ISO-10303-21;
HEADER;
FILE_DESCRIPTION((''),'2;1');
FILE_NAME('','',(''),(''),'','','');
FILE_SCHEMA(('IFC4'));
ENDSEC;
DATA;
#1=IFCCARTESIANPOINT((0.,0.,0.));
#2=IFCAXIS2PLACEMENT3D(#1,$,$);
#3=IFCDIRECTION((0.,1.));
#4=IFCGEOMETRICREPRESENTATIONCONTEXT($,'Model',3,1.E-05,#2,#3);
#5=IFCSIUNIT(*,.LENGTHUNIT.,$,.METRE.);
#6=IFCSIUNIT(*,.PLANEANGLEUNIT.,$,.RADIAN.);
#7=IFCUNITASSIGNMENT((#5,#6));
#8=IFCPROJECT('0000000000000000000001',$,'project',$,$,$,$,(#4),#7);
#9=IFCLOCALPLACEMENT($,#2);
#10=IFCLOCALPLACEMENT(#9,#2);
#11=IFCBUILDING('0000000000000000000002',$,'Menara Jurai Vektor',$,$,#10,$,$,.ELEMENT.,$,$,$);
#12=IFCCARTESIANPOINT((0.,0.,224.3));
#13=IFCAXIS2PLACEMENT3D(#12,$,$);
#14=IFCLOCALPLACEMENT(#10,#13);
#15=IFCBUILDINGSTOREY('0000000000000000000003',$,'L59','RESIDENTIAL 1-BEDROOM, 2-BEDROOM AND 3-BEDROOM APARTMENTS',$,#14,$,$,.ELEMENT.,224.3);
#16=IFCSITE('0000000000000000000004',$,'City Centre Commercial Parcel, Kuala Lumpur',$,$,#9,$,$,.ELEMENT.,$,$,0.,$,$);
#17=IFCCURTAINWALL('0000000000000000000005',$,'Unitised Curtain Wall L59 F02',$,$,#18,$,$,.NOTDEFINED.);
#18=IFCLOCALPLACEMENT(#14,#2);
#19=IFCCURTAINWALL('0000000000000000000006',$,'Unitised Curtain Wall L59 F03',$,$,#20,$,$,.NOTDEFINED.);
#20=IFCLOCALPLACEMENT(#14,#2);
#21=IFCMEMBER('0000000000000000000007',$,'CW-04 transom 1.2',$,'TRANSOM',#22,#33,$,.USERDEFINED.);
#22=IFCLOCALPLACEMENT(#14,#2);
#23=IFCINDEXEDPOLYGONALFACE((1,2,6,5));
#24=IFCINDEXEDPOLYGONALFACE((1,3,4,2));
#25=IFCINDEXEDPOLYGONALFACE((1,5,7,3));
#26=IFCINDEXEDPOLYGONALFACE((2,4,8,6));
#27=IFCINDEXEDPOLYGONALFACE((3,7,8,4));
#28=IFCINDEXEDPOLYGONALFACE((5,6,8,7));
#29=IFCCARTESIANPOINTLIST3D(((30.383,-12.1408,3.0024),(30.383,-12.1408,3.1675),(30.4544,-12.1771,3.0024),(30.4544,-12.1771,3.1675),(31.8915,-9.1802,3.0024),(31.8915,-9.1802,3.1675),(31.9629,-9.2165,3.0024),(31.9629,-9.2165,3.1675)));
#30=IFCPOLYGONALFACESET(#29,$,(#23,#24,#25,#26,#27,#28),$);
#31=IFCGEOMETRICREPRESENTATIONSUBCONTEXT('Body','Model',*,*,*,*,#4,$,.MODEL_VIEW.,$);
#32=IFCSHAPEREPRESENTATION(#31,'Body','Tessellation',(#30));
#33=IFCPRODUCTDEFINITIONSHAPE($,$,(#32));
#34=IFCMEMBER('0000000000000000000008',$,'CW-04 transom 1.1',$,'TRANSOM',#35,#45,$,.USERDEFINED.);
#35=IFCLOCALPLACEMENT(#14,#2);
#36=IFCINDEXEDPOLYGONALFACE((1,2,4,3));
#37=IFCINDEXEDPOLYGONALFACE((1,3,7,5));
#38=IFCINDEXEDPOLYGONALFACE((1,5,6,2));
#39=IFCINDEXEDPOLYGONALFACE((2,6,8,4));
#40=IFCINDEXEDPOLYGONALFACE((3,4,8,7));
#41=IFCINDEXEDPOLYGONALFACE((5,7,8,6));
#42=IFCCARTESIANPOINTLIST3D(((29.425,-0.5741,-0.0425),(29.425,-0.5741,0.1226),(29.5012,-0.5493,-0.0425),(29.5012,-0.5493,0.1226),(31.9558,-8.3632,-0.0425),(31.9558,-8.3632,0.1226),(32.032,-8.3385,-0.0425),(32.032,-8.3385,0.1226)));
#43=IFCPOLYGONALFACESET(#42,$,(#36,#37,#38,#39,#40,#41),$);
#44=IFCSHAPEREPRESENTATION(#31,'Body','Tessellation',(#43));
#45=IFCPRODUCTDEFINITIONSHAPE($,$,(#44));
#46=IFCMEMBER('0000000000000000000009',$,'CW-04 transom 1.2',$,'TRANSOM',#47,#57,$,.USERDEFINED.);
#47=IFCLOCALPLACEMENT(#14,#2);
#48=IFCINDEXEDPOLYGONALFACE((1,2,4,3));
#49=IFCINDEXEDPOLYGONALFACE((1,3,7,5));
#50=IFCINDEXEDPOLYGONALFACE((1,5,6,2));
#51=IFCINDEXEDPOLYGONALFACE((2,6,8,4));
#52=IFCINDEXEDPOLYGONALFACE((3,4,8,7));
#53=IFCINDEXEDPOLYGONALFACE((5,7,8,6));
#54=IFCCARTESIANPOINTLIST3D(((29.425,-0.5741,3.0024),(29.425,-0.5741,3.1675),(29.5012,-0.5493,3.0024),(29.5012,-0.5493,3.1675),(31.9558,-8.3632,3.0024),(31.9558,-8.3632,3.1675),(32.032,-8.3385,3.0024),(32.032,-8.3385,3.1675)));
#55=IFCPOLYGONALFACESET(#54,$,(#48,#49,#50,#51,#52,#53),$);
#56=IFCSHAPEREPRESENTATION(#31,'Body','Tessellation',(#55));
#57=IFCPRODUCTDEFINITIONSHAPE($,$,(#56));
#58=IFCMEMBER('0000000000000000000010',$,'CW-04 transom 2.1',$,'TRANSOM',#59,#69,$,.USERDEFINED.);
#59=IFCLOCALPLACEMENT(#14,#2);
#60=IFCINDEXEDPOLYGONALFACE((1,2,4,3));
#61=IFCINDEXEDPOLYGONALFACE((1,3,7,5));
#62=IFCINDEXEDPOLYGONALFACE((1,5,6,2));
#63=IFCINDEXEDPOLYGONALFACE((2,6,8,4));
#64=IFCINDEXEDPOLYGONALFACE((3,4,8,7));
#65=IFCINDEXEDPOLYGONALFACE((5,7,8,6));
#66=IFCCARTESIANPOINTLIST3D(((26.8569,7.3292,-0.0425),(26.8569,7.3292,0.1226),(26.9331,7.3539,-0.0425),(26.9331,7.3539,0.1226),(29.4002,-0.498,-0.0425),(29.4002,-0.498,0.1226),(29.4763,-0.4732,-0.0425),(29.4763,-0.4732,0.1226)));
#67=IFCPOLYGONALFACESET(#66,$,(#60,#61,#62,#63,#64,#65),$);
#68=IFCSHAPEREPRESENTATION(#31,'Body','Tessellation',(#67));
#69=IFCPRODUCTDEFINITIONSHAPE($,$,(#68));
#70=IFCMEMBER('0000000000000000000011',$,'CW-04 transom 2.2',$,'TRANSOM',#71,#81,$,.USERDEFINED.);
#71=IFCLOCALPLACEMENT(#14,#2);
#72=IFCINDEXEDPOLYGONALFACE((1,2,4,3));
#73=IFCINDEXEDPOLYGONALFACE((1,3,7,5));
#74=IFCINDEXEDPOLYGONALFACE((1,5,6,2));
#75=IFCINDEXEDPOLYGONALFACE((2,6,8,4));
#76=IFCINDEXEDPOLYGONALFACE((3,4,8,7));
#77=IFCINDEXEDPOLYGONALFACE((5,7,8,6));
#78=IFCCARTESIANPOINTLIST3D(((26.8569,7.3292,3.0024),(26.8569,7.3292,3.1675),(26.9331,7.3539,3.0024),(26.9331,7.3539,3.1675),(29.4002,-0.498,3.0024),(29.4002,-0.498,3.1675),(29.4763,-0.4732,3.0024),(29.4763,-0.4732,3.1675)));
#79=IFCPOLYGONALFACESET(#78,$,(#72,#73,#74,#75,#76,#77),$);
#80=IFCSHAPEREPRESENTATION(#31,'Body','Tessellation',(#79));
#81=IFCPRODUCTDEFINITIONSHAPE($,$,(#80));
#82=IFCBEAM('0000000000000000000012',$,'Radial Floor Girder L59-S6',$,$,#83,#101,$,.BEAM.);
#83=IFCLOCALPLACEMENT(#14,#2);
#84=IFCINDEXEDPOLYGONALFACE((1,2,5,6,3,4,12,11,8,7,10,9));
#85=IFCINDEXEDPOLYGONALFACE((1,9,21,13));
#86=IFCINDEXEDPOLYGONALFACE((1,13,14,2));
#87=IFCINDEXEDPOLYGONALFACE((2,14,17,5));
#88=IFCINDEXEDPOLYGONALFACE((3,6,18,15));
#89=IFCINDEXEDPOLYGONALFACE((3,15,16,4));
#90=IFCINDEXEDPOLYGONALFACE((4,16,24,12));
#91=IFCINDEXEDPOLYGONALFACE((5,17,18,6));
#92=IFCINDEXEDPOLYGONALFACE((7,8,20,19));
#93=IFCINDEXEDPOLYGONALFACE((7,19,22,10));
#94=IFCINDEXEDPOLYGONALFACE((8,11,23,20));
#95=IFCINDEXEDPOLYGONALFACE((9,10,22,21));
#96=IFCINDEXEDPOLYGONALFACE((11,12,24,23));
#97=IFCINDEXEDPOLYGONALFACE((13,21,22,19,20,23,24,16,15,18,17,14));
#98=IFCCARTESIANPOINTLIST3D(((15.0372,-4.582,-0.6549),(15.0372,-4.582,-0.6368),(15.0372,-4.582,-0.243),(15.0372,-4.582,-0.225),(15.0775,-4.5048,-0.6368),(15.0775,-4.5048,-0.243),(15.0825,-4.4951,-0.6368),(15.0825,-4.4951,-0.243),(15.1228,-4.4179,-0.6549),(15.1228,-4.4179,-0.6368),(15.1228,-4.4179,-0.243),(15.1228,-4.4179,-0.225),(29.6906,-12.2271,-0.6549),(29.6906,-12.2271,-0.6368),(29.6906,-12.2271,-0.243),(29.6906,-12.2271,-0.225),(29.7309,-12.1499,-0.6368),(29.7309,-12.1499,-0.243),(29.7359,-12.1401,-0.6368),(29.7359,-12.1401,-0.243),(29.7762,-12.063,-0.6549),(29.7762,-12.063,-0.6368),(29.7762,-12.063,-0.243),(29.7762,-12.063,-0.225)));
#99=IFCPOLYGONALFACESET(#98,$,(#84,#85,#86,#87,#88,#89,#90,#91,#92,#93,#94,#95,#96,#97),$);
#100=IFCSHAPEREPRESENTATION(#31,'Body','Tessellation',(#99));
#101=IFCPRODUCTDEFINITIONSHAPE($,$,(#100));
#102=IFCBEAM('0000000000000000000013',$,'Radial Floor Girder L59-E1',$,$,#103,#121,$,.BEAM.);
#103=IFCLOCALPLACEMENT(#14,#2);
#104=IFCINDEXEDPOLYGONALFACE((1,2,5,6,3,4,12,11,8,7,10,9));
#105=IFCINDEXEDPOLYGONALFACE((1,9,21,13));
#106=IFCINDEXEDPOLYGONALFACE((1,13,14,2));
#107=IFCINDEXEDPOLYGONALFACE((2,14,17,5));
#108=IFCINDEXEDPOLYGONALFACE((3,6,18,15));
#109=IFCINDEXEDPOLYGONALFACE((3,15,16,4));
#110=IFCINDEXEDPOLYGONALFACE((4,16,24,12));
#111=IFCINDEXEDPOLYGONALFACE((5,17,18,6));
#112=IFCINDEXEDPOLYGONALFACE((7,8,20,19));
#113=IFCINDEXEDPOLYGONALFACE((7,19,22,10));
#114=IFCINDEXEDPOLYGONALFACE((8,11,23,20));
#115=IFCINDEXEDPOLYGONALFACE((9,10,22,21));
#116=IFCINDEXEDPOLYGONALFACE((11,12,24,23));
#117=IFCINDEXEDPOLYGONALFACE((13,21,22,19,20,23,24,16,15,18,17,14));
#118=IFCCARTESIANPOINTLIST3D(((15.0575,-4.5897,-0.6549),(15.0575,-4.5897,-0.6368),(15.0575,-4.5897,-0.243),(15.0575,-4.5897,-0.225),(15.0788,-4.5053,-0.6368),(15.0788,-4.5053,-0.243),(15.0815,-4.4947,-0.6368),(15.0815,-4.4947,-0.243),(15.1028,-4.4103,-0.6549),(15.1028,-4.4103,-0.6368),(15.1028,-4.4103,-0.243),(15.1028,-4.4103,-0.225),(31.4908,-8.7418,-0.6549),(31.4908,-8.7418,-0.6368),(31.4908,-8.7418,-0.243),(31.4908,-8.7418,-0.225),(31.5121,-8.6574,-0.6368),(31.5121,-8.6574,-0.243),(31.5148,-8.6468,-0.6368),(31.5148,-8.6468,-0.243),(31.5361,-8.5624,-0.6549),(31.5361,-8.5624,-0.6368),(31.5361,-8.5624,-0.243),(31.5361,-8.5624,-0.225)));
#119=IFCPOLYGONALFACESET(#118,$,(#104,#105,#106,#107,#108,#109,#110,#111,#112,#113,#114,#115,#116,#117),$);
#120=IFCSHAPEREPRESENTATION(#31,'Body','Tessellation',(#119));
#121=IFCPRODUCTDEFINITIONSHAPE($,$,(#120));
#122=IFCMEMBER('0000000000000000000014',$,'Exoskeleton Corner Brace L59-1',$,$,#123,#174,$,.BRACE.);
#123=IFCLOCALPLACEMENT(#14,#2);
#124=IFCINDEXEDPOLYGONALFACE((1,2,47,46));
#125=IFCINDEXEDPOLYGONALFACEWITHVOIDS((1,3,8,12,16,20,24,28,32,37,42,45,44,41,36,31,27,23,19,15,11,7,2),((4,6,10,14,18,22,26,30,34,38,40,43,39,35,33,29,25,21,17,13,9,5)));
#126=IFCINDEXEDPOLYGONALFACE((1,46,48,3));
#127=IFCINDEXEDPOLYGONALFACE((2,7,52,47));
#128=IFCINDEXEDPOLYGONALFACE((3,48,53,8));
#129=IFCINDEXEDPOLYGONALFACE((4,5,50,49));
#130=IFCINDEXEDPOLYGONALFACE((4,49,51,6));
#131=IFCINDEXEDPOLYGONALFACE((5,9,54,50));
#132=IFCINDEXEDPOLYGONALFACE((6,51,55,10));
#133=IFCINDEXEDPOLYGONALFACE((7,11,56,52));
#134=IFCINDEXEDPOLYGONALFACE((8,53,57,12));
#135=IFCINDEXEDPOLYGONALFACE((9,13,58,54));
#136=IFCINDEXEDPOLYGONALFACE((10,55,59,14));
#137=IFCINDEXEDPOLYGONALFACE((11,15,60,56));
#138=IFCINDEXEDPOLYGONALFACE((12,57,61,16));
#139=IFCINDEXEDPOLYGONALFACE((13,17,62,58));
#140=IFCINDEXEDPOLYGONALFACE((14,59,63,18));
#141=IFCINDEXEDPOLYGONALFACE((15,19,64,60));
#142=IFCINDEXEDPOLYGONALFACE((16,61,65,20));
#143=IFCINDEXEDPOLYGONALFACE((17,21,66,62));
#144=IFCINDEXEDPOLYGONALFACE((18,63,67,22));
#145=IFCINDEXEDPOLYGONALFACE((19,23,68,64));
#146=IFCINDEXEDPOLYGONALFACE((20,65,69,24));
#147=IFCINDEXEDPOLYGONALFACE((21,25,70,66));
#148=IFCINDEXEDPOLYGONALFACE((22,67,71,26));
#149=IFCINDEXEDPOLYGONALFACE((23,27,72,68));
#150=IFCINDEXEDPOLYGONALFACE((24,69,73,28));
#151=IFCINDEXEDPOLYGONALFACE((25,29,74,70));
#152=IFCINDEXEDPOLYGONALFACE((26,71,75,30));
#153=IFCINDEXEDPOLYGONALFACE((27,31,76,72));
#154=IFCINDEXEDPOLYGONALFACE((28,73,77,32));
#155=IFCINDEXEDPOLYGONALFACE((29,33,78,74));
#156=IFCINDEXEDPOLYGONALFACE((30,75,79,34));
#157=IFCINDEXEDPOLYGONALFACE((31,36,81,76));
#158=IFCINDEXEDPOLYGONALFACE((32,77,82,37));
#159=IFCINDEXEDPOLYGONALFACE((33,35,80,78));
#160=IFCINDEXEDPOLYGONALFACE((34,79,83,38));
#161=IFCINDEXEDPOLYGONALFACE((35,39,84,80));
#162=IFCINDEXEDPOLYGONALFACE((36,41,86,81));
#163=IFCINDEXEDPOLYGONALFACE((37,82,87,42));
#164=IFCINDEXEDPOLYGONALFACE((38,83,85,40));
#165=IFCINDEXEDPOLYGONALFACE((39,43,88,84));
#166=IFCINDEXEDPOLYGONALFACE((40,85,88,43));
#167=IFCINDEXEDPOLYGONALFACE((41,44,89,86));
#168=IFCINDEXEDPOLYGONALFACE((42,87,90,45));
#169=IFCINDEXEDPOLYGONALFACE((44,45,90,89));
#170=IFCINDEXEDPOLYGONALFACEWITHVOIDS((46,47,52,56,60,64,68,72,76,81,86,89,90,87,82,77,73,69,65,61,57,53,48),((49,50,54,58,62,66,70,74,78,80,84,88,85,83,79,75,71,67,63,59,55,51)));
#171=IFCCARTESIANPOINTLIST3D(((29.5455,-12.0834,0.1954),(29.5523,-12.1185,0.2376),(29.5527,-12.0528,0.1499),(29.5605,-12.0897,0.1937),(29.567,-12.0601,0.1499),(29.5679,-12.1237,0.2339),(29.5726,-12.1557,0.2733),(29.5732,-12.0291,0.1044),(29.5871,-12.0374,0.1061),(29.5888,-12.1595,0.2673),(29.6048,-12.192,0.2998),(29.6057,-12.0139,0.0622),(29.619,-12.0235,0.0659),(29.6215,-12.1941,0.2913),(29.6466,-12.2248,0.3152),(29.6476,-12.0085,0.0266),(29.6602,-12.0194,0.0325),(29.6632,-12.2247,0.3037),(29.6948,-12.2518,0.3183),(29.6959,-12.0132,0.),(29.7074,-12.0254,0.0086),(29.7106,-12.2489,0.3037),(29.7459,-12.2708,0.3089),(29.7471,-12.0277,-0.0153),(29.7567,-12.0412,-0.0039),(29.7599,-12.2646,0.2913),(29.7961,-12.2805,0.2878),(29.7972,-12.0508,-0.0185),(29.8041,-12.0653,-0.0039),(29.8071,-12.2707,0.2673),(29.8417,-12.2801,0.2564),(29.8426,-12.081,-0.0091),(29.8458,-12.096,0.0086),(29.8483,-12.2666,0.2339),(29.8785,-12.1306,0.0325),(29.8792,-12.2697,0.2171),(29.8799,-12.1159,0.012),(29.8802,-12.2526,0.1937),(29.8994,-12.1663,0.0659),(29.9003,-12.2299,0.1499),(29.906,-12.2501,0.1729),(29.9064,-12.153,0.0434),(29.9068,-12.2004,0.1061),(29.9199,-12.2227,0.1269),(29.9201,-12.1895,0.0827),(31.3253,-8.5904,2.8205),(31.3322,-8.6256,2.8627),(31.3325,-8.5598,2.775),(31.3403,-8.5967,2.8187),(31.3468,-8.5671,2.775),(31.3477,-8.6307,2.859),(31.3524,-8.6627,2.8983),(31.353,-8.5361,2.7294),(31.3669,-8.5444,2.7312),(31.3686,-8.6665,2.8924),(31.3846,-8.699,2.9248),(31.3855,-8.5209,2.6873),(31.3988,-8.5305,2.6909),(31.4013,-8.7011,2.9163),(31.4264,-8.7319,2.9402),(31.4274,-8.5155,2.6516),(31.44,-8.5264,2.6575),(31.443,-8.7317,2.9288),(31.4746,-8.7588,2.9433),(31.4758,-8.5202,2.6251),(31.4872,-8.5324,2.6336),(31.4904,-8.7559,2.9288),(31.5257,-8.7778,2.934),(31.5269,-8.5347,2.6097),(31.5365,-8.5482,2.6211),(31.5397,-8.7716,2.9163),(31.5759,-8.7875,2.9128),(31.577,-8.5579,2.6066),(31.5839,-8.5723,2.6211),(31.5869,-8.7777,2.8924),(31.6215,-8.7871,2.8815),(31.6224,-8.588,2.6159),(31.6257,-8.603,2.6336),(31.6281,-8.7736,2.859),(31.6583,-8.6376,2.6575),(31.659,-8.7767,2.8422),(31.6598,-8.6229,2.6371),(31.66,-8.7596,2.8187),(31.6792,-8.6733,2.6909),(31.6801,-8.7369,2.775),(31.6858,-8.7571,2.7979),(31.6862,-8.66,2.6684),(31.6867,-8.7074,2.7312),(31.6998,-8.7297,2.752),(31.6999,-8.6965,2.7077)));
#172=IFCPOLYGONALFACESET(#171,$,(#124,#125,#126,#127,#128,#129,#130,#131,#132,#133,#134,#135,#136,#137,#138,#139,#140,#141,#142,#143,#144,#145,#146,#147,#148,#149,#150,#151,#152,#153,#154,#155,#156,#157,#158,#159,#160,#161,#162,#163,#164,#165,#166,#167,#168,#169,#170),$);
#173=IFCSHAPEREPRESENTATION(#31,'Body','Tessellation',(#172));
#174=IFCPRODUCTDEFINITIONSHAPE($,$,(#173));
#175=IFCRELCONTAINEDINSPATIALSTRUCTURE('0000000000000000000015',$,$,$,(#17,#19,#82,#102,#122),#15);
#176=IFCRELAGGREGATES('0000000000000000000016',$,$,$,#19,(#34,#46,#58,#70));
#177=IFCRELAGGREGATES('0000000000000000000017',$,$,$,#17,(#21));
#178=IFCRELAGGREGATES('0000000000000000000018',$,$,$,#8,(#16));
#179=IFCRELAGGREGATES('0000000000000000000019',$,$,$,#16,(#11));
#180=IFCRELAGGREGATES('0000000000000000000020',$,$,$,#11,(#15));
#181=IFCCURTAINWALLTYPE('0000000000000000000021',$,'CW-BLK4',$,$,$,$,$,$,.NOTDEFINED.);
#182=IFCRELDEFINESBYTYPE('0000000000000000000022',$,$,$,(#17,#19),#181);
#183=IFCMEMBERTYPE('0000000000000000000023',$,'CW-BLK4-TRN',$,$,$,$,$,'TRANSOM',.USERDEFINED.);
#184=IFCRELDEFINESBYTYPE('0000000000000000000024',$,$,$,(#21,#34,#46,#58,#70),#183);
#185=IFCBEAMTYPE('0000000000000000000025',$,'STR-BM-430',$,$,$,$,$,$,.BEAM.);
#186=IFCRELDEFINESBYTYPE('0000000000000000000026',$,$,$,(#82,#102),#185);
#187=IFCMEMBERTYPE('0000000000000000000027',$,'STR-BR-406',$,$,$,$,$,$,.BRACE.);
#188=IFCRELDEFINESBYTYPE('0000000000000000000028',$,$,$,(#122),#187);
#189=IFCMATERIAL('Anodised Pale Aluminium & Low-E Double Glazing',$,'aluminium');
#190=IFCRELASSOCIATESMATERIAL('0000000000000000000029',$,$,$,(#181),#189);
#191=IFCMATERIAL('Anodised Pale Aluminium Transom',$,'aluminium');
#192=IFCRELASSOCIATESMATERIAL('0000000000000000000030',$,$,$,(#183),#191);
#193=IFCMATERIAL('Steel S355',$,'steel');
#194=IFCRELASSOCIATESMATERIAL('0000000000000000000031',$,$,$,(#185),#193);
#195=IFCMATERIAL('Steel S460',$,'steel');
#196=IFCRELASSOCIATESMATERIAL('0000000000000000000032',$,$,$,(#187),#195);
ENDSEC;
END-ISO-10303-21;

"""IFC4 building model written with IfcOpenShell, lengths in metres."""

from ifc_helpers import new_model, si_unit, direction, frame, origin, origin_2d, place, context, subcontext, project, spatial, rectangle, hollow_circle, i_section, extrude, material, material_profile, profile_set, type_object, element, aggregate, save


model = new_model("IFC4")

# Units and contexts
model_context = context("Model", 3, precision=1e-05, world=origin(), true_north=direction((0.0, 1.0)))
body_context = subcontext(model_context, "Body", "Model", "MODEL_VIEW")
ifc_project = project(units=[si_unit("LENGTHUNIT", "METRE"), si_unit("PLANEANGLEUNIT", "RADIAN")], contexts=[model_context])

# Site, building, storey
site_placement = place(None, origin())
site = spatial("IfcSite", under=ifc_project, at=site_placement, Name="City Centre Commercial Parcel, Kuala Lumpur", CompositionType="ELEMENT", RefElevation=0.0)
building_placement = place(site_placement, origin())
building = spatial("IfcBuilding", under=site, at=building_placement, Name="Menara Jurai Vektor", CompositionType="ELEMENT")
storey_placement = place(building_placement, frame((0.0, 0.0, 224.3)))
storey = spatial("IfcBuildingStorey", under=building, at=storey_placement, Name="L59", Description="RESIDENTIAL 1-BEDROOM, 2-BEDROOM AND 3-BEDROOM APARTMENTS", CompositionType="ELEMENT", Elevation=224.3)

# Shared definitions
ifc_material_1 = material(Name="Steel S460", Category="steel")

# Shared definitions
ifc_material_2 = material(Name="Anodised Pale Aluminium & Low-E Double Glazing", Category="aluminium")
curtain_wall_type = type_object("IfcCurtainWallType", Name="CW-BLK4", PredefinedType="NOTDEFINED", material=ifc_material_2)

# Curtain walls
curtain_wall_1_placement = place(storey_placement, origin())
curtain_wall_1 = element("IfcCurtainWall", 1, at=curtain_wall_1_placement, inside=storey, type_object=curtain_wall_type, Name="Unitised Curtain Wall L59 F02", PredefinedType="NOTDEFINED")
curtain_wall_2_placement = place(storey_placement, origin())
curtain_wall_2 = element("IfcCurtainWall", 2, at=curtain_wall_2_placement, inside=storey, type_object=curtain_wall_type, Name="Unitised Curtain Wall L59 F03", PredefinedType="NOTDEFINED")

# Members
ifc_material_3 = material(Name="Anodised Pale Aluminium Transom", Category="aluminium")
ifc_material_profile_1 = material_profile(ifc_material_3, rectangle(XDim=0.0801, YDim=0.165, at=origin_2d()), Name="ALU TRN 80x165")
ifc_profile_set_1 = profile_set([ifc_material_profile_1], Name="Anodised Pale Aluminium Transom")
member_type_1 = type_object("IfcMemberType", Name="CW-BLK4-TRN", ElementType="TRANSOM", PredefinedType="USERDEFINED", material=ifc_profile_set_1)
member_1_placement = place(storey_placement, frame((30.4187, -12.1589, 3.085), z_axis=(0.45399, 0.891007, 0.0), x_axis=(-0.891007, 0.45399, 0.0)))
member_1 = element("IfcMember", 3, at=member_1_placement, type_object=member_type_1, Name="CW-04 transom 1.2", ObjectType="TRANSOM", PredefinedType="USERDEFINED", context=body_context, shape_type="SweptSolid", body=[
    extrude(rectangle(XDim=0.0801, YDim=0.165, at=origin_2d()), origin(), (0.0, 0.0, 1.0), 3.3228),
])
member_2_placement = place(storey_placement, frame((31.9939, -8.3508, 0.04), z_axis=(-0.309011, 0.951059, 0.0), x_axis=(-0.951059, -0.309011, 0.0)))
member_2 = element("IfcMember", 4, at=member_2_placement, type_object=member_type_1, Name="CW-04 transom 1.1", ObjectType="TRANSOM", PredefinedType="USERDEFINED", context=body_context, shape_type="SweptSolid", body=[
    extrude(rectangle(XDim=0.0801, YDim=0.165, at=origin_2d()), origin(), (0.0, 0.0, 1.0), 8.1899),
])
member_3_placement = place(storey_placement, frame((31.9939, -8.3508, 3.085), z_axis=(-0.309011, 0.951059, 0.0), x_axis=(-0.951059, -0.309011, 0.0)))
member_3 = element("IfcMember", 5, at=member_3_placement, type_object=member_type_1, Name="CW-04 transom 1.2", ObjectType="TRANSOM", PredefinedType="USERDEFINED", context=body_context, shape_type="SweptSolid", body=[
    extrude(rectangle(XDim=0.0801, YDim=0.165, at=origin_2d()), origin(), (0.0, 0.0, 1.0), 8.1899),
])
member_4_placement = place(storey_placement, frame((29.4382, -0.4856, 0.04), z_axis=(-0.309019, 0.951056, 0.0), x_axis=(-0.951056, -0.309019, 0.0)))
member_4 = element("IfcMember", 6, at=member_4_placement, type_object=member_type_1, Name="CW-04 transom 2.1", ObjectType="TRANSOM", PredefinedType="USERDEFINED", context=body_context, shape_type="SweptSolid", body=[
    extrude(rectangle(XDim=0.0801, YDim=0.165, at=origin_2d()), origin(), (0.0, 0.0, 1.0), 8.23),
])
member_5_placement = place(storey_placement, frame((29.4382, -0.4856, 3.085), z_axis=(-0.309019, 0.951056, 0.0), x_axis=(-0.951056, -0.309019, 0.0)))
member_5 = element("IfcMember", 7, at=member_5_placement, type_object=member_type_1, Name="CW-04 transom 2.2", ObjectType="TRANSOM", PredefinedType="USERDEFINED", context=body_context, shape_type="SweptSolid", body=[
    extrude(rectangle(XDim=0.0801, YDim=0.165, at=origin_2d()), origin(), (0.0, 0.0, 1.0), 8.23),
])

# Beams
ifc_material_4 = material(Name="Steel S355", Category="steel")
ifc_material_profile_2 = material_profile(ifc_material_4, i_section(OverallWidth=0.1851, OverallDepth=0.4299, WebThickness=0.011, FlangeThickness=0.0181, at=origin_2d()), Name="PG 430x185x76")
ifc_profile_set_2 = profile_set([ifc_material_profile_2], Name="Steel S355")
beam_type_1 = type_object("IfcBeamType", Name="STR-BM-430", PredefinedType="BEAM", material=ifc_profile_set_2)
beam_1_placement = place(storey_placement, frame((29.7334, -12.145, -0.4399), z_axis=(-0.88659, 0.462557, 0.0), x_axis=(-0.462557, -0.88659, 0.0)))
element("IfcBeam", 8, at=beam_1_placement, inside=storey, type_object=beam_type_1, Name="Radial Floor Girder L59-S6", PredefinedType="BEAM", context=body_context, shape_type="SweptSolid", body=[
    extrude(i_section(OverallWidth=0.1851, OverallDepth=0.4299, WebThickness=0.011, FlangeThickness=0.0181, at=origin_2d()), origin(), (0.0, 0.0, 1.0), 16.5278),
])
beam_2_placement = place(storey_placement, frame((31.5134, -8.6521, -0.4399), z_axis=(-0.969532, 0.244965, 0.0), x_axis=(-0.244965, -0.969532, 0.0)))
element("IfcBeam", 9, at=beam_2_placement, inside=storey, type_object=beam_type_1, Name="Radial Floor Girder L59-E1", PredefinedType="BEAM", context=body_context, shape_type="SweptSolid", body=[
    extrude(i_section(OverallWidth=0.1851, OverallDepth=0.4299, WebThickness=0.011, FlangeThickness=0.0181, at=origin_2d()), origin(), (0.0, 0.0, 1.0), 16.9497),
])

# Member
ifc_material_profile_3 = material_profile(ifc_material_1, hollow_circle(Radius=0.2031, WallThickness=0.0161, at=origin_2d()), Name="CHS 406.4x16")
ifc_profile_set_3 = profile_set([ifc_material_profile_3], Name="Steel S460")
member_type_2 = type_object("IfcMemberType", Name="STR-BR-406", PredefinedType="BRACE", material=ifc_profile_set_3)
member_6_placement = place(storey_placement, frame((29.7336, -12.145, 0.1499), z_axis=(0.37724, 0.740352, 0.556389), x_axis=(-0.891001, 0.454001, 0.0)))
element("IfcMember", 10, at=member_6_placement, inside=storey, type_object=member_type_2, Name="Exoskeleton Corner Brace L59-1", PredefinedType="BRACE", context=body_context, shape_type="SweptSolid", body=[
    extrude(hollow_circle(Radius=0.2031, WallThickness=0.0161, at=origin_2d()), origin(), (0.0, 0.0, 1.0), 4.718),
])

aggregate(curtain_wall_2, [member_2, member_3, member_4, member_5])
aggregate(curtain_wall_1, [member_1])

save(model, "model.ifc")
